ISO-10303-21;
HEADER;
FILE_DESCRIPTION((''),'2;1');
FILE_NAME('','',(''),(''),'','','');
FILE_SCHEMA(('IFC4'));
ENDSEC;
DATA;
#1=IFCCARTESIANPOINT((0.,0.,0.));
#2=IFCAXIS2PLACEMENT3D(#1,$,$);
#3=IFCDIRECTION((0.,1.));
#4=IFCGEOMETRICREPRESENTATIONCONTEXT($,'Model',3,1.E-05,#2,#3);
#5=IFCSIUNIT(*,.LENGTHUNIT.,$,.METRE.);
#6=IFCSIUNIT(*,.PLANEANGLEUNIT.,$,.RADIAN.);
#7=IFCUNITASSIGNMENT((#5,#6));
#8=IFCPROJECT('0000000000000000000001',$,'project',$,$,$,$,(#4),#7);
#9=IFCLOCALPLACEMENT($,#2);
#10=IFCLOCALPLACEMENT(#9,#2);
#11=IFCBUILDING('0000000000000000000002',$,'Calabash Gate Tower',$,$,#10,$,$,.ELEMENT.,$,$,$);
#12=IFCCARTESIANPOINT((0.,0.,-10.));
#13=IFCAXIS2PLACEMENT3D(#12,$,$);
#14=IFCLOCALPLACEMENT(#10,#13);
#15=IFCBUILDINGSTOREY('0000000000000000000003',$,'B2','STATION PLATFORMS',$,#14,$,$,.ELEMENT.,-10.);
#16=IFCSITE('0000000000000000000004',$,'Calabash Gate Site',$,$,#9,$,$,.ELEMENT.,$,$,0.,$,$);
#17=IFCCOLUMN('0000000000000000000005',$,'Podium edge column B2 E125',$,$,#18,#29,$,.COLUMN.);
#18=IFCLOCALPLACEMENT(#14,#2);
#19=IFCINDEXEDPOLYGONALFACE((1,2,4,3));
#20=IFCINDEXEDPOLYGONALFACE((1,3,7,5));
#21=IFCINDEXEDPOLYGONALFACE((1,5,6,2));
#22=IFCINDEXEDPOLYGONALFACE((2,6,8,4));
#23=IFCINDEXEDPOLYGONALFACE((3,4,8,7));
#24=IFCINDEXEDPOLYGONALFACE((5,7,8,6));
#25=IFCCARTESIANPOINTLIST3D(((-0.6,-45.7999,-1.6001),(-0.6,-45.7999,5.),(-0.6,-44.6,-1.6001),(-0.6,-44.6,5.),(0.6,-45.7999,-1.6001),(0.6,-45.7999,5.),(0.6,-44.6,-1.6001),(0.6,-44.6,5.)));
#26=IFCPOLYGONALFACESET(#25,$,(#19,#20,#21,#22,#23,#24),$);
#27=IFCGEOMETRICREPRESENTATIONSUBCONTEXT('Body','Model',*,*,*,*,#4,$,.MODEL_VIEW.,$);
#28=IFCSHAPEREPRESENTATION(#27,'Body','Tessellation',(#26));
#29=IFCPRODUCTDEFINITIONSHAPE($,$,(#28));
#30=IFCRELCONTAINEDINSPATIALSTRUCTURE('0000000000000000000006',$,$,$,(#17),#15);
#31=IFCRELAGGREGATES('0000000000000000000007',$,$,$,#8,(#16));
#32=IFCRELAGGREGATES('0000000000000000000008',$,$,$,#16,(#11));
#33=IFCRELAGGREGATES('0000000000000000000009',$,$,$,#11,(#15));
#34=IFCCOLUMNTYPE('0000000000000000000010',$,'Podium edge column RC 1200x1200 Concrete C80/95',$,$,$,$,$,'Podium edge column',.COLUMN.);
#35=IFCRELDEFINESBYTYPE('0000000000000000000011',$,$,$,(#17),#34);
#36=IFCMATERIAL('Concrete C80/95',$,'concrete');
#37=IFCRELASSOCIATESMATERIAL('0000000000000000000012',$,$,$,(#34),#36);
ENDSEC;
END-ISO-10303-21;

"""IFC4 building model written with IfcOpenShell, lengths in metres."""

from ifc_helpers import new_model, si_unit, direction, frame, origin, origin_2d, place, context, subcontext, project, spatial, rectangle, extrude, material, material_profile, profile_set, type_object, element, save


model = new_model("IFC4")

# Units and contexts
model_context = context("Model", 3, precision=1e-05, world=origin(), true_north=direction((0.0, 1.0)))
body_context = subcontext(model_context, "Body", "Model", "MODEL_VIEW")
ifc_project = project(units=[si_unit("LENGTHUNIT", "METRE"), si_unit("PLANEANGLEUNIT", "RADIAN")], contexts=[model_context])

# Site, building, storey
site_placement = place(None, origin())
site = spatial("IfcSite", under=ifc_project, at=site_placement, Name="Calabash Gate Site", CompositionType="ELEMENT", RefElevation=0.0)
building_placement = place(site_placement, origin())
building = spatial("IfcBuilding", under=site, at=building_placement, Name="Calabash Gate Tower", CompositionType="ELEMENT")
storey_placement = place(building_placement, frame((0.0, 0.0, -10.0)))
storey = spatial("IfcBuildingStorey", under=building, at=storey_placement, Name="B2", Description="STATION PLATFORMS", CompositionType="ELEMENT", Elevation=-10.0)

# Column
ifc_material_1 = material(Name="Concrete C80/95", Category="concrete")
ifc_material_profile_1 = material_profile(ifc_material_1, rectangle(XDim=1.2, YDim=1.2, at=origin_2d()))
ifc_profile_set_1 = profile_set([ifc_material_profile_1], Name="Concrete C80/95")
column_type_1 = type_object("IfcColumnType", Name="Podium edge column RC 1200x1200 Concrete C80/95", ElementType="Podium edge column", PredefinedType="COLUMN", material=ifc_profile_set_1)
for number, where, z_axis, x_axis, name in (
    (1, (0.0, -45.2, -1.6001), (0.0, 0.0, 1.0), (1.0, 0.0, 0.0), "Podium edge column B2 E125"),
):
    element("IfcColumn", number, at=place(storey_placement, frame(where, z_axis=z_axis, x_axis=x_axis)), inside=storey, type_object=column_type_1, Name=name, PredefinedType="COLUMN", context=body_context, shape_type="SweptSolid", body=[
        extrude(rectangle(XDim=1.2, YDim=1.2, at=origin_2d()), origin(), (0.0, 0.0, 1.0), 6.6001),
    ])

save(model, "model.ifc")
